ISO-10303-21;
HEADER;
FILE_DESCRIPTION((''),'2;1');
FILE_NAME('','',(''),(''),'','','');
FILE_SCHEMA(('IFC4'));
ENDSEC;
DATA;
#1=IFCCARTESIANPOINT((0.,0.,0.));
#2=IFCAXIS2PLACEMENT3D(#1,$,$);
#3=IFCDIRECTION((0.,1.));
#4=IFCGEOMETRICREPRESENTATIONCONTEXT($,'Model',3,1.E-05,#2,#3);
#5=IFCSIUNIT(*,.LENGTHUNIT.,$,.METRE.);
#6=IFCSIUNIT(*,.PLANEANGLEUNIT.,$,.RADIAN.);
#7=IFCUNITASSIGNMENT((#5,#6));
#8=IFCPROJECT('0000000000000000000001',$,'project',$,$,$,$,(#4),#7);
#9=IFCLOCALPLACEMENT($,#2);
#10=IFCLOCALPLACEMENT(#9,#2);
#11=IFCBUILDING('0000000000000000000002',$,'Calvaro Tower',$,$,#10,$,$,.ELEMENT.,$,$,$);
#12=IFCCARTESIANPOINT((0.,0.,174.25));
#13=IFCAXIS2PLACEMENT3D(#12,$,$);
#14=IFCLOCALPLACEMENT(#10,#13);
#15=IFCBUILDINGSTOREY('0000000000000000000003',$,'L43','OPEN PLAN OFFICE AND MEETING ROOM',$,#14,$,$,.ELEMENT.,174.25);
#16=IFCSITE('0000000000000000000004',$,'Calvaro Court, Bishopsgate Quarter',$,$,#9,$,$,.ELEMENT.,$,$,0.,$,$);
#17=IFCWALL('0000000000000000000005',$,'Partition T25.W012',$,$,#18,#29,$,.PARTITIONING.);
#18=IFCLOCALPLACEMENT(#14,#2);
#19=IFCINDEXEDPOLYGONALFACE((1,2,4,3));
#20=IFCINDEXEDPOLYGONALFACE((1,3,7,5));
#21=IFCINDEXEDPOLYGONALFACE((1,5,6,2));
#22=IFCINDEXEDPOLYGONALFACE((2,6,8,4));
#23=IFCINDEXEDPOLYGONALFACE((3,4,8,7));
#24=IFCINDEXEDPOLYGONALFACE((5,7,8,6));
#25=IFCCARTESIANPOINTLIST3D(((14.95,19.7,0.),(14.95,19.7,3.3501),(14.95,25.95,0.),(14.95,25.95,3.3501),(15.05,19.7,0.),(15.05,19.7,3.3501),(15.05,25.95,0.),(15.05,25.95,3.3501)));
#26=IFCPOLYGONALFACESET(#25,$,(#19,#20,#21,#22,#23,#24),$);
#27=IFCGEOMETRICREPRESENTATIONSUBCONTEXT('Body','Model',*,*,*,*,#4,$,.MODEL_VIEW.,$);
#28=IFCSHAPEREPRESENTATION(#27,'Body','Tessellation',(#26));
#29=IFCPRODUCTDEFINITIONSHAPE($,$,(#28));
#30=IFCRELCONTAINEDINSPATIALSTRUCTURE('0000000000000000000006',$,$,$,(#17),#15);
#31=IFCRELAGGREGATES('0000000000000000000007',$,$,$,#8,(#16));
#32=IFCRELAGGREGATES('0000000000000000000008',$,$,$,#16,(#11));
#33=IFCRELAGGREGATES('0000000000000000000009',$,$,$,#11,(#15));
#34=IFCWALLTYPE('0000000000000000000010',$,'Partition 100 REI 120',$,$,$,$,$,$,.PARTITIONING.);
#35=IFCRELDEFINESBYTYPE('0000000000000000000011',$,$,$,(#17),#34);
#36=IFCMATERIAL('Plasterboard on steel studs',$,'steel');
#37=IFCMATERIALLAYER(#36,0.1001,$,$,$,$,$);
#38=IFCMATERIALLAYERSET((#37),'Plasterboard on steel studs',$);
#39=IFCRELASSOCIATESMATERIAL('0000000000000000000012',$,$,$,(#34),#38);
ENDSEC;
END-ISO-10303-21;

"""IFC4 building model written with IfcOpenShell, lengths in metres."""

from ifc_helpers import new_model, si_unit, direction, frame, frame_2d, origin, place, context, subcontext, project, spatial, rectangle, extrude, material, layer, layer_set, type_object, element, save


model = new_model("IFC4")

# Units and contexts
model_context = context("Model", 3, precision=1e-05, world=origin(), true_north=direction((0.0, 1.0)))
body_context = subcontext(model_context, "Body", "Model", "MODEL_VIEW")
ifc_project = project(units=[si_unit("LENGTHUNIT", "METRE"), si_unit("PLANEANGLEUNIT", "RADIAN")], contexts=[model_context])

# Site, building, storey
site_placement = place(None, origin())
site = spatial("IfcSite", under=ifc_project, at=site_placement, Name="Calvaro Court, Bishopsgate Quarter", CompositionType="ELEMENT", RefElevation=0.0)
building_placement = place(site_placement, origin())
building = spatial("IfcBuilding", under=site, at=building_placement, Name="Calvaro Tower", CompositionType="ELEMENT")
storey_placement = place(building_placement, frame((0.0, 0.0, 174.25)))
storey = spatial("IfcBuildingStorey", under=building, at=storey_placement, Name="L43", Description="OPEN PLAN OFFICE AND MEETING ROOM", CompositionType="ELEMENT", Elevation=174.25)

# Wall
ifc_material_1 = material(Name="Plasterboard on steel studs", Category="steel")
ifc_layer_1 = layer(ifc_material_1, 0.1001)
ifc_layer_set_1 = layer_set([ifc_layer_1], Name="Plasterboard on steel studs")
wall_type_1 = type_object("IfcWallType", Name="Partition 100 REI 120", PredefinedType="PARTITIONING", material=ifc_layer_set_1)
wall_1_placement = place(storey_placement, frame((15.0, 19.7, 0.0), z_axis=(0.0, 0.0, 1.0), x_axis=(0.0, 1.0, 0.0)))
element("IfcWall", 1, at=wall_1_placement, inside=storey, type_object=wall_type_1, Name="Partition T25.W012", PredefinedType="PARTITIONING", context=body_context, shape_type="SweptSolid", body=[
    extrude(rectangle(XDim=6.25, YDim=0.1001, at=frame_2d((3.125, 0.0))), origin(), (0.0, 0.0, 1.0), 3.3501),
])

save(model, "model.ifc")
